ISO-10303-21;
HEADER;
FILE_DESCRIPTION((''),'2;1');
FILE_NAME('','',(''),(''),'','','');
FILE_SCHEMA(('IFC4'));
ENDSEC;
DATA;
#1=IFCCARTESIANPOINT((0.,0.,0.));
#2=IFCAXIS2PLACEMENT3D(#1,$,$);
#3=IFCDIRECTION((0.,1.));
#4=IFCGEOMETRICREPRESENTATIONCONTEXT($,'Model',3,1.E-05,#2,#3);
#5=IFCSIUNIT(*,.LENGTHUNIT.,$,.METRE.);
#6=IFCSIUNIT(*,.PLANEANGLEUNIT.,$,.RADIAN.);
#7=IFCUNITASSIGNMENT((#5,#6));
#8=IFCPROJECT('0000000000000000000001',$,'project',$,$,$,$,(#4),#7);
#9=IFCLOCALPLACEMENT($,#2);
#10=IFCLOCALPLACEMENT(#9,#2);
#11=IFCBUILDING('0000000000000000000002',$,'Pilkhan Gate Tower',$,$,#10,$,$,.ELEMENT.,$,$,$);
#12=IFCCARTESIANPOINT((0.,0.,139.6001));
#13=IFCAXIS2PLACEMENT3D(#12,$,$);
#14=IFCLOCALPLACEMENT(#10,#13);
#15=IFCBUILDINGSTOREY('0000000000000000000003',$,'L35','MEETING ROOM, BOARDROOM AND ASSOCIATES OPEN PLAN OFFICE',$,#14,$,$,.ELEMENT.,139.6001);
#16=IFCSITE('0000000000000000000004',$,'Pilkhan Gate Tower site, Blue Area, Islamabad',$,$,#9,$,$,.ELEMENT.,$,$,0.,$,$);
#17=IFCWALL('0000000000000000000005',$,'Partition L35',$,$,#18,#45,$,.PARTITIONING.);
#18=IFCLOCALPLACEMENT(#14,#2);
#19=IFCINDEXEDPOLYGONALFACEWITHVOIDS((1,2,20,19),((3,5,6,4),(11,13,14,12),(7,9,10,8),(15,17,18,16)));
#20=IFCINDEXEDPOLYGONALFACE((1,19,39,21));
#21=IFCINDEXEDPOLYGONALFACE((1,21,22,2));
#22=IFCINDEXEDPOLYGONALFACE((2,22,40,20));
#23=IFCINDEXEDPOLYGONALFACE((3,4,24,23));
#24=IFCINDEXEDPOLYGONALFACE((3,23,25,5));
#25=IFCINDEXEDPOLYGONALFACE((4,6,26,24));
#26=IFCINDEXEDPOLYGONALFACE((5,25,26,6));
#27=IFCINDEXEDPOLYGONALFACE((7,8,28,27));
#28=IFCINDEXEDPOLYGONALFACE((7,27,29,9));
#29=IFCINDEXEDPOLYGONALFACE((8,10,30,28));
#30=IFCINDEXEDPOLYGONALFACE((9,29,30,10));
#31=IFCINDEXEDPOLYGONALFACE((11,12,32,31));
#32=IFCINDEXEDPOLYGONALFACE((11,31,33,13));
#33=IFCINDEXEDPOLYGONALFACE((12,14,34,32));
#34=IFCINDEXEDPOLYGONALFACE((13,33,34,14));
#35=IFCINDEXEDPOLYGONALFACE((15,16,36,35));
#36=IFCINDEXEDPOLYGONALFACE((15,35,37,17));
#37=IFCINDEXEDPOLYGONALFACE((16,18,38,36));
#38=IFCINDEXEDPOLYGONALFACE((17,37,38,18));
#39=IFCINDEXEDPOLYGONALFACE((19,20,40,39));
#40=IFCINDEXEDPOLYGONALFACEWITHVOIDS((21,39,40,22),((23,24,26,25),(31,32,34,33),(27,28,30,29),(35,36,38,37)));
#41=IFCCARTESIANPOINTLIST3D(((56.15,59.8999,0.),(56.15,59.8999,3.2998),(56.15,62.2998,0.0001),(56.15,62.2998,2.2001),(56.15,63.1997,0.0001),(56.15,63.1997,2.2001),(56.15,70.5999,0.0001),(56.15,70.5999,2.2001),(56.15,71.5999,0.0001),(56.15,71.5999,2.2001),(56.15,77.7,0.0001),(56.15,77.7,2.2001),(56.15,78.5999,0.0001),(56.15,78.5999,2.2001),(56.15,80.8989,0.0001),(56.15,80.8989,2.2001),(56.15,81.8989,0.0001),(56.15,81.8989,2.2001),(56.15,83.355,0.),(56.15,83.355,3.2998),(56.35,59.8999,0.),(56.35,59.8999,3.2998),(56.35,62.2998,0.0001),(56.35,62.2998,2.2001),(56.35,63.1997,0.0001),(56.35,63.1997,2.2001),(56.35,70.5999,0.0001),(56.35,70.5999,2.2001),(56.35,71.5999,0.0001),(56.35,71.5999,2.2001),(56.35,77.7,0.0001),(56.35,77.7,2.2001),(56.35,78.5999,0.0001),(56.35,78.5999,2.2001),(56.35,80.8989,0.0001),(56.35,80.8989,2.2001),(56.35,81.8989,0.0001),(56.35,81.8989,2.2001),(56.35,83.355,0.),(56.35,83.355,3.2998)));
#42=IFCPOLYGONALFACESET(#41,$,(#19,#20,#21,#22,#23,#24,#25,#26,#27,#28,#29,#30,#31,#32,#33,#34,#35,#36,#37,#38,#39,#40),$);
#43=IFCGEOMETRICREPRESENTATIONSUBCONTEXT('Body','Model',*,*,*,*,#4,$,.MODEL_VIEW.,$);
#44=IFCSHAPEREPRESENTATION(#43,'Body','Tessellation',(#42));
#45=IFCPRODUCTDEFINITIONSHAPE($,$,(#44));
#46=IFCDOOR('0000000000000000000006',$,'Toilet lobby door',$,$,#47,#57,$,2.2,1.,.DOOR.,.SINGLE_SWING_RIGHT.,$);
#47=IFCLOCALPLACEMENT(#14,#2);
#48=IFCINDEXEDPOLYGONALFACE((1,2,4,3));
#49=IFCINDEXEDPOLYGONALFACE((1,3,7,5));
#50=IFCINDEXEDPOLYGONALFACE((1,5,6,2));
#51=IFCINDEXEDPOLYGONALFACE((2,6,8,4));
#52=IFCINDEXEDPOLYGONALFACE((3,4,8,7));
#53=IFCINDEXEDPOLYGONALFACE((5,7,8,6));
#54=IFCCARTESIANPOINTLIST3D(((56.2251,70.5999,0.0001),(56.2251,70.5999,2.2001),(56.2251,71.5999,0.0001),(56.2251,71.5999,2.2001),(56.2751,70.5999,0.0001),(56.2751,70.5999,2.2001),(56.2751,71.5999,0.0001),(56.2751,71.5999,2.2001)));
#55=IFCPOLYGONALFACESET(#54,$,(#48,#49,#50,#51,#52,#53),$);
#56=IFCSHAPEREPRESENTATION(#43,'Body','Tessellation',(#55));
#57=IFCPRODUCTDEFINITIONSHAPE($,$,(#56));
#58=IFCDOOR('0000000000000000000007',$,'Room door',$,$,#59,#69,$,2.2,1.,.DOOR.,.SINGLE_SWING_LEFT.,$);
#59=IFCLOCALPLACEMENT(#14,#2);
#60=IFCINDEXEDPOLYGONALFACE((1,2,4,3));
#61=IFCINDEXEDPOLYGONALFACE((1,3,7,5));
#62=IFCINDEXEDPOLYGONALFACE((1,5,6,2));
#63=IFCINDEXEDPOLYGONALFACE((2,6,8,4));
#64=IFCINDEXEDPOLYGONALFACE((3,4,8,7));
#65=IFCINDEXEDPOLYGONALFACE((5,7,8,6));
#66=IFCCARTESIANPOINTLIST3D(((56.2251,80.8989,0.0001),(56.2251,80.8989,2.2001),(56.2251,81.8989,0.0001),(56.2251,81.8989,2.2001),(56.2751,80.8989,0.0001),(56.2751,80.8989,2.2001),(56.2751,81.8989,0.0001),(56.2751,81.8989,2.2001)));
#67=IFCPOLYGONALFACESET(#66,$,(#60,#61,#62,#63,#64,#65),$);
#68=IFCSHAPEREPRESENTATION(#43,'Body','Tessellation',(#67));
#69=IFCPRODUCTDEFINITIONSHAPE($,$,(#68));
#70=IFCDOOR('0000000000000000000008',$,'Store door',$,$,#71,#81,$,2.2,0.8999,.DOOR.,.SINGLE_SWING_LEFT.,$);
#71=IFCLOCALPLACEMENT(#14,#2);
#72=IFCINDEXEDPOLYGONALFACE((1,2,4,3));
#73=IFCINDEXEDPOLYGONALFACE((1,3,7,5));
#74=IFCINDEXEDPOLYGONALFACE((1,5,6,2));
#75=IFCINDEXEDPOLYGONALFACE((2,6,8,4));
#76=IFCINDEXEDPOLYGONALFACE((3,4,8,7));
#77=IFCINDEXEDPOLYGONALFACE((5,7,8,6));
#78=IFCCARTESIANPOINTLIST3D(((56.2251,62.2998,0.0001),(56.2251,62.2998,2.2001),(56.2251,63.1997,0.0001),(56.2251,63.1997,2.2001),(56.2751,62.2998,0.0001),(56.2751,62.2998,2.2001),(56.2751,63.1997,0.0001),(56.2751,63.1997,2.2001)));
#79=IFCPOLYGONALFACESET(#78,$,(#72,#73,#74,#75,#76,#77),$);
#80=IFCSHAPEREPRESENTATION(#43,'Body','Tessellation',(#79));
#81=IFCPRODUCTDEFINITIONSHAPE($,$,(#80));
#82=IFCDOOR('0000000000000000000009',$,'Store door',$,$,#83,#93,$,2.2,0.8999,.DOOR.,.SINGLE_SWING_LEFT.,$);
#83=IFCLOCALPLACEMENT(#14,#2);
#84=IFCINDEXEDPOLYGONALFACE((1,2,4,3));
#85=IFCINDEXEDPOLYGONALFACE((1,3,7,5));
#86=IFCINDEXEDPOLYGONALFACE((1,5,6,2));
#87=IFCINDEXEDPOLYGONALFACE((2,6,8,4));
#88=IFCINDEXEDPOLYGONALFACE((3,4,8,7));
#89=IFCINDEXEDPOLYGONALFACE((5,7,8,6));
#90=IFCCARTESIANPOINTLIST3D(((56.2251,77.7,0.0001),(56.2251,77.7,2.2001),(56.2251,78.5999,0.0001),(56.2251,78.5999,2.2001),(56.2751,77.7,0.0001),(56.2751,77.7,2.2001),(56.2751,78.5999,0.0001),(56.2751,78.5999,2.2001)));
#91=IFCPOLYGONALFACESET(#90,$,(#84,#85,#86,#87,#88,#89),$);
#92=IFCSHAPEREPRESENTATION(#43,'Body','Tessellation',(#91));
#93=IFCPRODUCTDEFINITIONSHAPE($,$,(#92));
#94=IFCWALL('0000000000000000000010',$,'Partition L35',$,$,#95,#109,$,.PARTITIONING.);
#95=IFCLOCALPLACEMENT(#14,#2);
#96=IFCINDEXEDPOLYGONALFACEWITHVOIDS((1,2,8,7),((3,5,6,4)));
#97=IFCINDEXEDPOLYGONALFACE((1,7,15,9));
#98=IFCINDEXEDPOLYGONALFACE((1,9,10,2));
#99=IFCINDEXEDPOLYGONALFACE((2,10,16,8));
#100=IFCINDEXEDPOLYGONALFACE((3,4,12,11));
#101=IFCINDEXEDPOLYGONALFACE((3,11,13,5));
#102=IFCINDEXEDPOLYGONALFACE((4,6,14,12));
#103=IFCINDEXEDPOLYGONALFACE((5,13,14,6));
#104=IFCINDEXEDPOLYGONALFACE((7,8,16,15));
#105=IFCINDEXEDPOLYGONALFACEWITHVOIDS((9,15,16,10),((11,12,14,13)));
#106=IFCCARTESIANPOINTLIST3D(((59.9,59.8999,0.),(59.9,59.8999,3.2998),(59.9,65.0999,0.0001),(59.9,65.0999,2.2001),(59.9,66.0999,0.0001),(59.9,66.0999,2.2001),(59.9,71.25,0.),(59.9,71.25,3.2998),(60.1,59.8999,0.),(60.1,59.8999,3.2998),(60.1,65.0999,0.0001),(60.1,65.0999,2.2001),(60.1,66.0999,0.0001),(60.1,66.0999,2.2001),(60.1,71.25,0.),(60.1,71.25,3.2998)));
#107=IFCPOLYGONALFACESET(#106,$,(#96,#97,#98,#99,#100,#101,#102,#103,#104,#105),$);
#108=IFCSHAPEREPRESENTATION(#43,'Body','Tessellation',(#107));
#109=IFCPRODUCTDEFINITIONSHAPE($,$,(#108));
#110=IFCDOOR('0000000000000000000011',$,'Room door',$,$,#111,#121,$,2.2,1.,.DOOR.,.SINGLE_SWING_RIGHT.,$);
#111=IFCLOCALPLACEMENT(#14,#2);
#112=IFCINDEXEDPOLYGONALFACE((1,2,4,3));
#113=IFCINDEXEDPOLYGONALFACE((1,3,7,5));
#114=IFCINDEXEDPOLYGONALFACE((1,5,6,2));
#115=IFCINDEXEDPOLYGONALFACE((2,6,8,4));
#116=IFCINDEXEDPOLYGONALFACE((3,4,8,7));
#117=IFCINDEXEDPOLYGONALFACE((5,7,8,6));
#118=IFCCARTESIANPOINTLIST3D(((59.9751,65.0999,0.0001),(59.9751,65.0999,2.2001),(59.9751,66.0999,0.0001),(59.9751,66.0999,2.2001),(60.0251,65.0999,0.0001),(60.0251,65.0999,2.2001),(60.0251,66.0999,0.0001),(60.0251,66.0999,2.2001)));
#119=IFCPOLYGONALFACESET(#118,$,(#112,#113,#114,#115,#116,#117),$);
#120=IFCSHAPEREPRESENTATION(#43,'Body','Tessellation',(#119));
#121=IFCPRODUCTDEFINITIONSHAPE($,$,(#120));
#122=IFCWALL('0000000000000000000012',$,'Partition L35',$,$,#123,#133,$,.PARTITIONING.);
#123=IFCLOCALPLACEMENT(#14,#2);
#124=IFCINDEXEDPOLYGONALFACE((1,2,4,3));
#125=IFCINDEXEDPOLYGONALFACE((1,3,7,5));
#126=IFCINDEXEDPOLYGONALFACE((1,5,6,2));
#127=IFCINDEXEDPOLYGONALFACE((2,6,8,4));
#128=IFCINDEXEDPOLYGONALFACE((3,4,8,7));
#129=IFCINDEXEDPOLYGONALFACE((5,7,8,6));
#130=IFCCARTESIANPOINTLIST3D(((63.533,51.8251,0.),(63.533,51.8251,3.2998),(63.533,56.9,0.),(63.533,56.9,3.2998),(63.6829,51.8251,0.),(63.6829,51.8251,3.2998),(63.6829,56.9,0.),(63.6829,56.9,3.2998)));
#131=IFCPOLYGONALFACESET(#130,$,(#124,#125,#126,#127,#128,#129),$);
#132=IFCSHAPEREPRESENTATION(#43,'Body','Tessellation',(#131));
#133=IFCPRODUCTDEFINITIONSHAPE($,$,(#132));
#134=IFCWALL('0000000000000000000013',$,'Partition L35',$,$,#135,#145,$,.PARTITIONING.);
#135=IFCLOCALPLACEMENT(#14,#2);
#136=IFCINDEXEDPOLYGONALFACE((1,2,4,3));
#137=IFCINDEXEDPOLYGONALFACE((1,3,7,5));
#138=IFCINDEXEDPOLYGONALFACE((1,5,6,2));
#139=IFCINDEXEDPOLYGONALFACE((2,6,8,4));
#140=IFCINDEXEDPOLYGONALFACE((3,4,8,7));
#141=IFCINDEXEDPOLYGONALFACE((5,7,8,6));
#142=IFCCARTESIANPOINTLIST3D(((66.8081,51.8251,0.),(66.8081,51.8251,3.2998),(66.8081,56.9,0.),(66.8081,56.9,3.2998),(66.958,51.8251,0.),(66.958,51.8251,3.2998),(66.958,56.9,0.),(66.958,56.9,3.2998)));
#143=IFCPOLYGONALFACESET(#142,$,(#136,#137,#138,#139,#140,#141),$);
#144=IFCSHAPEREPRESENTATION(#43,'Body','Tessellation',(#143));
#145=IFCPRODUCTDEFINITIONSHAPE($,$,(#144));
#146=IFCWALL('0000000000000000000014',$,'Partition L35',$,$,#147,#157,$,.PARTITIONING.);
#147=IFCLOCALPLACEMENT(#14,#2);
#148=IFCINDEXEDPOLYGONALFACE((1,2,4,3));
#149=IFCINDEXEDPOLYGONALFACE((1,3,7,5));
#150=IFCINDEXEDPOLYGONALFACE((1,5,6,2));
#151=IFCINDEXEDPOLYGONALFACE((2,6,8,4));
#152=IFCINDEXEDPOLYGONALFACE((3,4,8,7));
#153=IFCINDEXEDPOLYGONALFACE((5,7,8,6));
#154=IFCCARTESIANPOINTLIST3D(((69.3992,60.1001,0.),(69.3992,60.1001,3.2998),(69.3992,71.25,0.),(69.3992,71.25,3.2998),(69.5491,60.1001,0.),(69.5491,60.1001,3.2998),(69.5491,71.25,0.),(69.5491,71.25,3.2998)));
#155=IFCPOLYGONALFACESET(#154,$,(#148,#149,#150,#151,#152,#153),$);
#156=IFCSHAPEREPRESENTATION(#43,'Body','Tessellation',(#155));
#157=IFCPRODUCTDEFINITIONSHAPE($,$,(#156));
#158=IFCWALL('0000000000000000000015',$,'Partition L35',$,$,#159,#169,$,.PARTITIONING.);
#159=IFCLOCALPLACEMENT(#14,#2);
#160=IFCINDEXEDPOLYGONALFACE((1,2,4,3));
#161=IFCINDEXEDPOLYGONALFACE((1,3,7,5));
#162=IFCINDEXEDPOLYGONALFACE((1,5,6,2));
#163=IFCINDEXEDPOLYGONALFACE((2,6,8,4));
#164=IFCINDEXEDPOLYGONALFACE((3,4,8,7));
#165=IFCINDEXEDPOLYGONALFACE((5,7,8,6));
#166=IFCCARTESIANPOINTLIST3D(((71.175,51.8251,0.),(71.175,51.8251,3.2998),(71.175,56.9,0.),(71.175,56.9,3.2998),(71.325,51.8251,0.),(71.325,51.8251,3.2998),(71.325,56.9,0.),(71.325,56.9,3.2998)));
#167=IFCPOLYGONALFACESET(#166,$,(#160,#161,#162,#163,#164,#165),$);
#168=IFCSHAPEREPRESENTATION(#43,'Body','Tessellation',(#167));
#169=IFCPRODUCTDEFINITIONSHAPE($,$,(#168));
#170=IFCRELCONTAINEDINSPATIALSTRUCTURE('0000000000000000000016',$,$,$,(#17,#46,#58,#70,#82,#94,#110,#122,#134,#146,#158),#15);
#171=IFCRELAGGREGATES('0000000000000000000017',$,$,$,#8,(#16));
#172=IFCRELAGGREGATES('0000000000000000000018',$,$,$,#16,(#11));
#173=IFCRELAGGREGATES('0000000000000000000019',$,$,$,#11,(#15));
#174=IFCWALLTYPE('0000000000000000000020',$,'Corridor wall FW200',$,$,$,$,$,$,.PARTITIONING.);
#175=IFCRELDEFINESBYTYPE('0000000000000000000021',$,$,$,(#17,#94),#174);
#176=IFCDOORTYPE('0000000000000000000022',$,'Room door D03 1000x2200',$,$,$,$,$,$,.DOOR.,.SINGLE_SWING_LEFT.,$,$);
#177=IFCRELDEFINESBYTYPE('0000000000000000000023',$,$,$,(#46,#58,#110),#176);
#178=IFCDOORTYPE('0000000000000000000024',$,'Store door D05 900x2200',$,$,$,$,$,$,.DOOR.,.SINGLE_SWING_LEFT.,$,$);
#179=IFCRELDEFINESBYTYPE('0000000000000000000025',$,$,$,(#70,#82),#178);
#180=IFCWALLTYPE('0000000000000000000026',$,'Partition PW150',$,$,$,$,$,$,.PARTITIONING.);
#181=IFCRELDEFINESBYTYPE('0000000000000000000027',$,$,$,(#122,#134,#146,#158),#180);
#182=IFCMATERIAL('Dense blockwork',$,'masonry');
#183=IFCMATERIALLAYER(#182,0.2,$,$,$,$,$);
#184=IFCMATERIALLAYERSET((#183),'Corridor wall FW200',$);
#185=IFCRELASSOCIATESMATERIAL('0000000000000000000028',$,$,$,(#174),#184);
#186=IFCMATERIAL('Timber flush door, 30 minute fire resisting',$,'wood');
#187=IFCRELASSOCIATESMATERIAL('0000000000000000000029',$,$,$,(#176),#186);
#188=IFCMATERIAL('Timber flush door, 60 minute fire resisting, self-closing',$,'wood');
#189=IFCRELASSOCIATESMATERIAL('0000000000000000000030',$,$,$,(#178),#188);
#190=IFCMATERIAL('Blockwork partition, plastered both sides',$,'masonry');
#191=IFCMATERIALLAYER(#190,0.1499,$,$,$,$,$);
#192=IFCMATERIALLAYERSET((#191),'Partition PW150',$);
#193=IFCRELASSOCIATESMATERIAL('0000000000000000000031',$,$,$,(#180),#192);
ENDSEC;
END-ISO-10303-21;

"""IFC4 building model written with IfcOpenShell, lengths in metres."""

from ifc_helpers import new_model, si_unit, direction, frame, frame_2d, origin, place, context, subcontext, project, spatial, rectangle, extrude, material, layer, layer_set, type_object, element, fill, save


model = new_model("IFC4")

# Units and contexts
model_context = context("Model", 3, precision=1e-05, world=origin(), true_north=direction((0.0, 1.0)))
body_context = subcontext(model_context, "Body", "Model", "MODEL_VIEW")
ifc_project = project(units=[si_unit("LENGTHUNIT", "METRE"), si_unit("PLANEANGLEUNIT", "RADIAN")], contexts=[model_context])

# Site, building, storey
site_placement = place(None, origin())
site = spatial("IfcSite", under=ifc_project, at=site_placement, Name="Pilkhan Gate Tower site, Blue Area, Islamabad", CompositionType="ELEMENT", RefElevation=0.0)
building_placement = place(site_placement, origin())
building = spatial("IfcBuilding", under=site, at=building_placement, Name="Pilkhan Gate Tower", CompositionType="ELEMENT")
storey_placement = place(building_placement, frame((0.0, 0.0, 139.6001)))
storey = spatial("IfcBuildingStorey", under=building, at=storey_placement, Name="L35", Description="MEETING ROOM, BOARDROOM AND ASSOCIATES OPEN PLAN OFFICE", CompositionType="ELEMENT", Elevation=139.6001)

# Shared definitions
ifc_material_1 = material(Name="Dense blockwork", Category="masonry")
ifc_layer_1 = layer(ifc_material_1, 0.2)
ifc_layer_set_1 = layer_set([ifc_layer_1], Name="Corridor wall FW200")
wall_type_1 = type_object("IfcWallType", Name="Corridor wall FW200", PredefinedType="PARTITIONING", material=ifc_layer_set_1)
ifc_material_2 = material(Name="Timber flush door, 30 minute fire resisting", Category="wood")
door_type_1 = type_object("IfcDoorType", Name="Room door D03 1000x2200", OperationType="SINGLE_SWING_LEFT", PredefinedType="DOOR", material=ifc_material_2)

# Wall, openings, doors
wall_1_placement = place(storey_placement, frame((56.25, 59.8999, 0.0), z_axis=(0.0, 0.0, 1.0), x_axis=(0.0, 1.0, 0.0)))
wall_1 = element("IfcWall", 1, at=wall_1_placement, inside=storey, type_object=wall_type_1, Name="Partition L35", PredefinedType="PARTITIONING", context=body_context, shape_type="SweptSolid", body=[
    extrude(rectangle(XDim=23.4551, YDim=0.2, at=frame_2d((11.7275, 0.0))), origin(), (0.0, 0.0, 1.0), 3.2998),
])
opening_1_placement = place(wall_1_placement, frame((10.7, 0.0, 0.0)))
opening_1 = element("IfcOpeningElement", 2, at=opening_1_placement, cuts=wall_1, PredefinedType="OPENING", context=body_context, shape_type="SweptSolid", body=[
    extrude(rectangle(XDim=1.0, YDim=2.2, at=frame_2d((0.5, 1.1001))), frame((0.0, 0.1099, 0.0), z_axis=(0.0, -1.0, 0.0), x_axis=(1.0, 0.0, 0.0)), (0.0, 0.0, 1.0), 0.22),
])
opening_2_placement = place(wall_1_placement, frame((2.3999, 0.0, 0.0)))
opening_2 = element("IfcOpeningElement", 3, at=opening_2_placement, cuts=wall_1, PredefinedType="OPENING", context=body_context, shape_type="SweptSolid", body=[
    extrude(rectangle(XDim=0.8999, YDim=2.2, at=frame_2d((0.45, 1.1001))), frame((0.0, 0.1099, 0.0), z_axis=(0.0, -1.0, 0.0), x_axis=(1.0, 0.0, 0.0)), (0.0, 0.0, 1.0), 0.22),
])
opening_3_placement = place(wall_1_placement, frame((17.8, 0.0, 0.0)))
opening_3 = element("IfcOpeningElement", 4, at=opening_3_placement, cuts=wall_1, PredefinedType="OPENING", context=body_context, shape_type="SweptSolid", body=[
    extrude(rectangle(XDim=0.8999, YDim=2.2, at=frame_2d((0.45, 1.1001))), frame((0.0, 0.1099, 0.0), z_axis=(0.0, -1.0, 0.0), x_axis=(1.0, 0.0, 0.0)), (0.0, 0.0, 1.0), 0.22),
])
opening_4_placement = place(wall_1_placement, frame((20.999, 0.0, 0.0)))
opening_4 = element("IfcOpeningElement", 5, at=opening_4_placement, cuts=wall_1, PredefinedType="OPENING", context=body_context, shape_type="SweptSolid", body=[
    extrude(rectangle(XDim=1.0, YDim=2.2, at=frame_2d((0.5, 1.1001))), frame((0.0, 0.1099, 0.0), z_axis=(0.0, -1.0, 0.0), x_axis=(1.0, 0.0, 0.0)), (0.0, 0.0, 1.0), 0.22),
])
door_1_placement = place(opening_1_placement, origin())
door_1 = element("IfcDoor", 6, at=door_1_placement, inside=storey, type_object=door_type_1, Name="Toilet lobby door", OperationType="SINGLE_SWING_RIGHT", OverallHeight=2.2, OverallWidth=1.0, PredefinedType="DOOR", context=body_context, shape_type="SweptSolid", body=[
    extrude(rectangle(XDim=1.0, YDim=2.2, at=frame_2d((0.5, 1.1001))), frame((0.0, 0.0249, 0.0), z_axis=(0.0, -1.0, 0.0), x_axis=(1.0, 0.0, 0.0)), (0.0, 0.0, 1.0), 0.05),
])
fill(opening_1, door_1)
door_2_placement = place(opening_4_placement, origin())
door_2 = element("IfcDoor", 7, at=door_2_placement, inside=storey, type_object=door_type_1, Name="Room door", OperationType="SINGLE_SWING_LEFT", OverallHeight=2.2, OverallWidth=1.0, PredefinedType="DOOR", context=body_context, shape_type="SweptSolid", body=[
    extrude(rectangle(XDim=1.0, YDim=2.2, at=frame_2d((0.5, 1.1001))), frame((0.0, 0.0249, 0.0), z_axis=(0.0, -1.0, 0.0), x_axis=(1.0, 0.0, 0.0)), (0.0, 0.0, 1.0), 0.05),
])
fill(opening_4, door_2)
ifc_material_3 = material(Name="Timber flush door, 60 minute fire resisting, self-closing", Category="wood")
door_type_2 = type_object("IfcDoorType", Name="Store door D05 900x2200", OperationType="SINGLE_SWING_LEFT", PredefinedType="DOOR", material=ifc_material_3)
door_3_placement = place(opening_2_placement, origin())
door_3 = element("IfcDoor", 8, at=door_3_placement, inside=storey, type_object=door_type_2, Name="Store door", OperationType="SINGLE_SWING_LEFT", OverallHeight=2.2, OverallWidth=0.8999, PredefinedType="DOOR", context=body_context, shape_type="SweptSolid", body=[
    extrude(rectangle(XDim=0.8999, YDim=2.2, at=frame_2d((0.45, 1.1001))), frame((0.0, 0.0249, 0.0), z_axis=(0.0, -1.0, 0.0), x_axis=(1.0, 0.0, 0.0)), (0.0, 0.0, 1.0), 0.05),
])
fill(opening_2, door_3)
door_4_placement = place(opening_3_placement, origin())
door_4 = element("IfcDoor", 9, at=door_4_placement, inside=storey, type_object=door_type_2, Name="Store door", OperationType="SINGLE_SWING_LEFT", OverallHeight=2.2, OverallWidth=0.8999, PredefinedType="DOOR", context=body_context, shape_type="SweptSolid", body=[
    extrude(rectangle(XDim=0.8999, YDim=2.2, at=frame_2d((0.45, 1.1001))), frame((0.0, 0.0249, 0.0), z_axis=(0.0, -1.0, 0.0), x_axis=(1.0, 0.0, 0.0)), (0.0, 0.0, 1.0), 0.05),
])
fill(opening_3, door_4)

# Wall, opening, door
wall_2_placement = place(storey_placement, frame((60.0, 59.8999, 0.0), z_axis=(0.0, 0.0, 1.0), x_axis=(0.0, 1.0, 0.0)))
wall_2 = element("IfcWall", 10, at=wall_2_placement, inside=storey, type_object=wall_type_1, Name="Partition L35", PredefinedType="PARTITIONING", context=body_context, shape_type="SweptSolid", body=[
    extrude(rectangle(XDim=11.3501, YDim=0.2, at=frame_2d((5.675, 0.0))), origin(), (0.0, 0.0, 1.0), 3.2998),
])
opening_5_placement = place(wall_2_placement, frame((5.2, 0.0, 0.0)))
opening_5 = element("IfcOpeningElement", 11, at=opening_5_placement, cuts=wall_2, PredefinedType="OPENING", context=body_context, shape_type="SweptSolid", body=[
    extrude(rectangle(XDim=1.0, YDim=2.2, at=frame_2d((0.5, 1.1001))), frame((0.0, 0.1099, 0.0), z_axis=(0.0, -1.0, 0.0), x_axis=(1.0, 0.0, 0.0)), (0.0, 0.0, 1.0), 0.22),
])
door_5_placement = place(opening_5_placement, origin())
door_5 = element("IfcDoor", 12, at=door_5_placement, inside=storey, type_object=door_type_1, Name="Room door", OperationType="SINGLE_SWING_RIGHT", OverallHeight=2.2, OverallWidth=1.0, PredefinedType="DOOR", context=body_context, shape_type="SweptSolid", body=[
    extrude(rectangle(XDim=1.0, YDim=2.2, at=frame_2d((0.5, 1.1001))), frame((0.0, 0.0249, 0.0), z_axis=(0.0, -1.0, 0.0), x_axis=(1.0, 0.0, 0.0)), (0.0, 0.0, 1.0), 0.05),
])
fill(opening_5, door_5)

# Walls
ifc_material_4 = material(Name="Blockwork partition, plastered both sides", Category="masonry")
ifc_layer_2 = layer(ifc_material_4, 0.1499)
ifc_layer_set_2 = layer_set([ifc_layer_2], Name="Partition PW150")
wall_type_2 = type_object("IfcWallType", Name="Partition PW150", PredefinedType="PARTITIONING", material=ifc_layer_set_2)
for number, where, z_axis, x_axis, name in (
    (13, (63.6079, 51.825, 0.0), (0.0, 0.0, 1.0), (0.0, 1.0, 0.0), "Partition L35"),
    (14, (66.8831, 51.825, 0.0), (0.0, 0.0, 1.0), (0.0, 1.0, 0.0), "Partition L35"),
):
    element("IfcWall", number, at=place(storey_placement, frame(where, z_axis=z_axis, x_axis=x_axis)), inside=storey, type_object=wall_type_2, Name=name, PredefinedType="PARTITIONING", context=body_context, shape_type="SweptSolid", body=[
        extrude(rectangle(XDim=5.075, YDim=0.1499, at=frame_2d((2.5376, 0.0))), origin(), (0.0, 0.0, 1.0), 3.2998),
    ])
wall_3_placement = place(storey_placement, frame((69.4741, 60.1001, 0.0), z_axis=(0.0, 0.0, 1.0), x_axis=(0.0, 1.0, 0.0)))
element("IfcWall", 15, at=wall_3_placement, inside=storey, type_object=wall_type_2, Name="Partition L35", PredefinedType="PARTITIONING", context=body_context, shape_type="SweptSolid", body=[
    extrude(rectangle(XDim=11.1499, YDim=0.1499, at=frame_2d((5.575, 0.0))), origin(), (0.0, 0.0, 1.0), 3.2998),
])
wall_4_placement = place(storey_placement, frame((71.25, 51.825, 0.0), z_axis=(0.0, 0.0, 1.0), x_axis=(0.0, 1.0, 0.0)))
element("IfcWall", 16, at=wall_4_placement, inside=storey, type_object=wall_type_2, Name="Partition L35", PredefinedType="PARTITIONING", context=body_context, shape_type="SweptSolid", body=[
    extrude(rectangle(XDim=5.075, YDim=0.1499, at=frame_2d((2.5376, 0.0))), origin(), (0.0, 0.0, 1.0), 3.2998),
])

save(model, "model.ifc")
